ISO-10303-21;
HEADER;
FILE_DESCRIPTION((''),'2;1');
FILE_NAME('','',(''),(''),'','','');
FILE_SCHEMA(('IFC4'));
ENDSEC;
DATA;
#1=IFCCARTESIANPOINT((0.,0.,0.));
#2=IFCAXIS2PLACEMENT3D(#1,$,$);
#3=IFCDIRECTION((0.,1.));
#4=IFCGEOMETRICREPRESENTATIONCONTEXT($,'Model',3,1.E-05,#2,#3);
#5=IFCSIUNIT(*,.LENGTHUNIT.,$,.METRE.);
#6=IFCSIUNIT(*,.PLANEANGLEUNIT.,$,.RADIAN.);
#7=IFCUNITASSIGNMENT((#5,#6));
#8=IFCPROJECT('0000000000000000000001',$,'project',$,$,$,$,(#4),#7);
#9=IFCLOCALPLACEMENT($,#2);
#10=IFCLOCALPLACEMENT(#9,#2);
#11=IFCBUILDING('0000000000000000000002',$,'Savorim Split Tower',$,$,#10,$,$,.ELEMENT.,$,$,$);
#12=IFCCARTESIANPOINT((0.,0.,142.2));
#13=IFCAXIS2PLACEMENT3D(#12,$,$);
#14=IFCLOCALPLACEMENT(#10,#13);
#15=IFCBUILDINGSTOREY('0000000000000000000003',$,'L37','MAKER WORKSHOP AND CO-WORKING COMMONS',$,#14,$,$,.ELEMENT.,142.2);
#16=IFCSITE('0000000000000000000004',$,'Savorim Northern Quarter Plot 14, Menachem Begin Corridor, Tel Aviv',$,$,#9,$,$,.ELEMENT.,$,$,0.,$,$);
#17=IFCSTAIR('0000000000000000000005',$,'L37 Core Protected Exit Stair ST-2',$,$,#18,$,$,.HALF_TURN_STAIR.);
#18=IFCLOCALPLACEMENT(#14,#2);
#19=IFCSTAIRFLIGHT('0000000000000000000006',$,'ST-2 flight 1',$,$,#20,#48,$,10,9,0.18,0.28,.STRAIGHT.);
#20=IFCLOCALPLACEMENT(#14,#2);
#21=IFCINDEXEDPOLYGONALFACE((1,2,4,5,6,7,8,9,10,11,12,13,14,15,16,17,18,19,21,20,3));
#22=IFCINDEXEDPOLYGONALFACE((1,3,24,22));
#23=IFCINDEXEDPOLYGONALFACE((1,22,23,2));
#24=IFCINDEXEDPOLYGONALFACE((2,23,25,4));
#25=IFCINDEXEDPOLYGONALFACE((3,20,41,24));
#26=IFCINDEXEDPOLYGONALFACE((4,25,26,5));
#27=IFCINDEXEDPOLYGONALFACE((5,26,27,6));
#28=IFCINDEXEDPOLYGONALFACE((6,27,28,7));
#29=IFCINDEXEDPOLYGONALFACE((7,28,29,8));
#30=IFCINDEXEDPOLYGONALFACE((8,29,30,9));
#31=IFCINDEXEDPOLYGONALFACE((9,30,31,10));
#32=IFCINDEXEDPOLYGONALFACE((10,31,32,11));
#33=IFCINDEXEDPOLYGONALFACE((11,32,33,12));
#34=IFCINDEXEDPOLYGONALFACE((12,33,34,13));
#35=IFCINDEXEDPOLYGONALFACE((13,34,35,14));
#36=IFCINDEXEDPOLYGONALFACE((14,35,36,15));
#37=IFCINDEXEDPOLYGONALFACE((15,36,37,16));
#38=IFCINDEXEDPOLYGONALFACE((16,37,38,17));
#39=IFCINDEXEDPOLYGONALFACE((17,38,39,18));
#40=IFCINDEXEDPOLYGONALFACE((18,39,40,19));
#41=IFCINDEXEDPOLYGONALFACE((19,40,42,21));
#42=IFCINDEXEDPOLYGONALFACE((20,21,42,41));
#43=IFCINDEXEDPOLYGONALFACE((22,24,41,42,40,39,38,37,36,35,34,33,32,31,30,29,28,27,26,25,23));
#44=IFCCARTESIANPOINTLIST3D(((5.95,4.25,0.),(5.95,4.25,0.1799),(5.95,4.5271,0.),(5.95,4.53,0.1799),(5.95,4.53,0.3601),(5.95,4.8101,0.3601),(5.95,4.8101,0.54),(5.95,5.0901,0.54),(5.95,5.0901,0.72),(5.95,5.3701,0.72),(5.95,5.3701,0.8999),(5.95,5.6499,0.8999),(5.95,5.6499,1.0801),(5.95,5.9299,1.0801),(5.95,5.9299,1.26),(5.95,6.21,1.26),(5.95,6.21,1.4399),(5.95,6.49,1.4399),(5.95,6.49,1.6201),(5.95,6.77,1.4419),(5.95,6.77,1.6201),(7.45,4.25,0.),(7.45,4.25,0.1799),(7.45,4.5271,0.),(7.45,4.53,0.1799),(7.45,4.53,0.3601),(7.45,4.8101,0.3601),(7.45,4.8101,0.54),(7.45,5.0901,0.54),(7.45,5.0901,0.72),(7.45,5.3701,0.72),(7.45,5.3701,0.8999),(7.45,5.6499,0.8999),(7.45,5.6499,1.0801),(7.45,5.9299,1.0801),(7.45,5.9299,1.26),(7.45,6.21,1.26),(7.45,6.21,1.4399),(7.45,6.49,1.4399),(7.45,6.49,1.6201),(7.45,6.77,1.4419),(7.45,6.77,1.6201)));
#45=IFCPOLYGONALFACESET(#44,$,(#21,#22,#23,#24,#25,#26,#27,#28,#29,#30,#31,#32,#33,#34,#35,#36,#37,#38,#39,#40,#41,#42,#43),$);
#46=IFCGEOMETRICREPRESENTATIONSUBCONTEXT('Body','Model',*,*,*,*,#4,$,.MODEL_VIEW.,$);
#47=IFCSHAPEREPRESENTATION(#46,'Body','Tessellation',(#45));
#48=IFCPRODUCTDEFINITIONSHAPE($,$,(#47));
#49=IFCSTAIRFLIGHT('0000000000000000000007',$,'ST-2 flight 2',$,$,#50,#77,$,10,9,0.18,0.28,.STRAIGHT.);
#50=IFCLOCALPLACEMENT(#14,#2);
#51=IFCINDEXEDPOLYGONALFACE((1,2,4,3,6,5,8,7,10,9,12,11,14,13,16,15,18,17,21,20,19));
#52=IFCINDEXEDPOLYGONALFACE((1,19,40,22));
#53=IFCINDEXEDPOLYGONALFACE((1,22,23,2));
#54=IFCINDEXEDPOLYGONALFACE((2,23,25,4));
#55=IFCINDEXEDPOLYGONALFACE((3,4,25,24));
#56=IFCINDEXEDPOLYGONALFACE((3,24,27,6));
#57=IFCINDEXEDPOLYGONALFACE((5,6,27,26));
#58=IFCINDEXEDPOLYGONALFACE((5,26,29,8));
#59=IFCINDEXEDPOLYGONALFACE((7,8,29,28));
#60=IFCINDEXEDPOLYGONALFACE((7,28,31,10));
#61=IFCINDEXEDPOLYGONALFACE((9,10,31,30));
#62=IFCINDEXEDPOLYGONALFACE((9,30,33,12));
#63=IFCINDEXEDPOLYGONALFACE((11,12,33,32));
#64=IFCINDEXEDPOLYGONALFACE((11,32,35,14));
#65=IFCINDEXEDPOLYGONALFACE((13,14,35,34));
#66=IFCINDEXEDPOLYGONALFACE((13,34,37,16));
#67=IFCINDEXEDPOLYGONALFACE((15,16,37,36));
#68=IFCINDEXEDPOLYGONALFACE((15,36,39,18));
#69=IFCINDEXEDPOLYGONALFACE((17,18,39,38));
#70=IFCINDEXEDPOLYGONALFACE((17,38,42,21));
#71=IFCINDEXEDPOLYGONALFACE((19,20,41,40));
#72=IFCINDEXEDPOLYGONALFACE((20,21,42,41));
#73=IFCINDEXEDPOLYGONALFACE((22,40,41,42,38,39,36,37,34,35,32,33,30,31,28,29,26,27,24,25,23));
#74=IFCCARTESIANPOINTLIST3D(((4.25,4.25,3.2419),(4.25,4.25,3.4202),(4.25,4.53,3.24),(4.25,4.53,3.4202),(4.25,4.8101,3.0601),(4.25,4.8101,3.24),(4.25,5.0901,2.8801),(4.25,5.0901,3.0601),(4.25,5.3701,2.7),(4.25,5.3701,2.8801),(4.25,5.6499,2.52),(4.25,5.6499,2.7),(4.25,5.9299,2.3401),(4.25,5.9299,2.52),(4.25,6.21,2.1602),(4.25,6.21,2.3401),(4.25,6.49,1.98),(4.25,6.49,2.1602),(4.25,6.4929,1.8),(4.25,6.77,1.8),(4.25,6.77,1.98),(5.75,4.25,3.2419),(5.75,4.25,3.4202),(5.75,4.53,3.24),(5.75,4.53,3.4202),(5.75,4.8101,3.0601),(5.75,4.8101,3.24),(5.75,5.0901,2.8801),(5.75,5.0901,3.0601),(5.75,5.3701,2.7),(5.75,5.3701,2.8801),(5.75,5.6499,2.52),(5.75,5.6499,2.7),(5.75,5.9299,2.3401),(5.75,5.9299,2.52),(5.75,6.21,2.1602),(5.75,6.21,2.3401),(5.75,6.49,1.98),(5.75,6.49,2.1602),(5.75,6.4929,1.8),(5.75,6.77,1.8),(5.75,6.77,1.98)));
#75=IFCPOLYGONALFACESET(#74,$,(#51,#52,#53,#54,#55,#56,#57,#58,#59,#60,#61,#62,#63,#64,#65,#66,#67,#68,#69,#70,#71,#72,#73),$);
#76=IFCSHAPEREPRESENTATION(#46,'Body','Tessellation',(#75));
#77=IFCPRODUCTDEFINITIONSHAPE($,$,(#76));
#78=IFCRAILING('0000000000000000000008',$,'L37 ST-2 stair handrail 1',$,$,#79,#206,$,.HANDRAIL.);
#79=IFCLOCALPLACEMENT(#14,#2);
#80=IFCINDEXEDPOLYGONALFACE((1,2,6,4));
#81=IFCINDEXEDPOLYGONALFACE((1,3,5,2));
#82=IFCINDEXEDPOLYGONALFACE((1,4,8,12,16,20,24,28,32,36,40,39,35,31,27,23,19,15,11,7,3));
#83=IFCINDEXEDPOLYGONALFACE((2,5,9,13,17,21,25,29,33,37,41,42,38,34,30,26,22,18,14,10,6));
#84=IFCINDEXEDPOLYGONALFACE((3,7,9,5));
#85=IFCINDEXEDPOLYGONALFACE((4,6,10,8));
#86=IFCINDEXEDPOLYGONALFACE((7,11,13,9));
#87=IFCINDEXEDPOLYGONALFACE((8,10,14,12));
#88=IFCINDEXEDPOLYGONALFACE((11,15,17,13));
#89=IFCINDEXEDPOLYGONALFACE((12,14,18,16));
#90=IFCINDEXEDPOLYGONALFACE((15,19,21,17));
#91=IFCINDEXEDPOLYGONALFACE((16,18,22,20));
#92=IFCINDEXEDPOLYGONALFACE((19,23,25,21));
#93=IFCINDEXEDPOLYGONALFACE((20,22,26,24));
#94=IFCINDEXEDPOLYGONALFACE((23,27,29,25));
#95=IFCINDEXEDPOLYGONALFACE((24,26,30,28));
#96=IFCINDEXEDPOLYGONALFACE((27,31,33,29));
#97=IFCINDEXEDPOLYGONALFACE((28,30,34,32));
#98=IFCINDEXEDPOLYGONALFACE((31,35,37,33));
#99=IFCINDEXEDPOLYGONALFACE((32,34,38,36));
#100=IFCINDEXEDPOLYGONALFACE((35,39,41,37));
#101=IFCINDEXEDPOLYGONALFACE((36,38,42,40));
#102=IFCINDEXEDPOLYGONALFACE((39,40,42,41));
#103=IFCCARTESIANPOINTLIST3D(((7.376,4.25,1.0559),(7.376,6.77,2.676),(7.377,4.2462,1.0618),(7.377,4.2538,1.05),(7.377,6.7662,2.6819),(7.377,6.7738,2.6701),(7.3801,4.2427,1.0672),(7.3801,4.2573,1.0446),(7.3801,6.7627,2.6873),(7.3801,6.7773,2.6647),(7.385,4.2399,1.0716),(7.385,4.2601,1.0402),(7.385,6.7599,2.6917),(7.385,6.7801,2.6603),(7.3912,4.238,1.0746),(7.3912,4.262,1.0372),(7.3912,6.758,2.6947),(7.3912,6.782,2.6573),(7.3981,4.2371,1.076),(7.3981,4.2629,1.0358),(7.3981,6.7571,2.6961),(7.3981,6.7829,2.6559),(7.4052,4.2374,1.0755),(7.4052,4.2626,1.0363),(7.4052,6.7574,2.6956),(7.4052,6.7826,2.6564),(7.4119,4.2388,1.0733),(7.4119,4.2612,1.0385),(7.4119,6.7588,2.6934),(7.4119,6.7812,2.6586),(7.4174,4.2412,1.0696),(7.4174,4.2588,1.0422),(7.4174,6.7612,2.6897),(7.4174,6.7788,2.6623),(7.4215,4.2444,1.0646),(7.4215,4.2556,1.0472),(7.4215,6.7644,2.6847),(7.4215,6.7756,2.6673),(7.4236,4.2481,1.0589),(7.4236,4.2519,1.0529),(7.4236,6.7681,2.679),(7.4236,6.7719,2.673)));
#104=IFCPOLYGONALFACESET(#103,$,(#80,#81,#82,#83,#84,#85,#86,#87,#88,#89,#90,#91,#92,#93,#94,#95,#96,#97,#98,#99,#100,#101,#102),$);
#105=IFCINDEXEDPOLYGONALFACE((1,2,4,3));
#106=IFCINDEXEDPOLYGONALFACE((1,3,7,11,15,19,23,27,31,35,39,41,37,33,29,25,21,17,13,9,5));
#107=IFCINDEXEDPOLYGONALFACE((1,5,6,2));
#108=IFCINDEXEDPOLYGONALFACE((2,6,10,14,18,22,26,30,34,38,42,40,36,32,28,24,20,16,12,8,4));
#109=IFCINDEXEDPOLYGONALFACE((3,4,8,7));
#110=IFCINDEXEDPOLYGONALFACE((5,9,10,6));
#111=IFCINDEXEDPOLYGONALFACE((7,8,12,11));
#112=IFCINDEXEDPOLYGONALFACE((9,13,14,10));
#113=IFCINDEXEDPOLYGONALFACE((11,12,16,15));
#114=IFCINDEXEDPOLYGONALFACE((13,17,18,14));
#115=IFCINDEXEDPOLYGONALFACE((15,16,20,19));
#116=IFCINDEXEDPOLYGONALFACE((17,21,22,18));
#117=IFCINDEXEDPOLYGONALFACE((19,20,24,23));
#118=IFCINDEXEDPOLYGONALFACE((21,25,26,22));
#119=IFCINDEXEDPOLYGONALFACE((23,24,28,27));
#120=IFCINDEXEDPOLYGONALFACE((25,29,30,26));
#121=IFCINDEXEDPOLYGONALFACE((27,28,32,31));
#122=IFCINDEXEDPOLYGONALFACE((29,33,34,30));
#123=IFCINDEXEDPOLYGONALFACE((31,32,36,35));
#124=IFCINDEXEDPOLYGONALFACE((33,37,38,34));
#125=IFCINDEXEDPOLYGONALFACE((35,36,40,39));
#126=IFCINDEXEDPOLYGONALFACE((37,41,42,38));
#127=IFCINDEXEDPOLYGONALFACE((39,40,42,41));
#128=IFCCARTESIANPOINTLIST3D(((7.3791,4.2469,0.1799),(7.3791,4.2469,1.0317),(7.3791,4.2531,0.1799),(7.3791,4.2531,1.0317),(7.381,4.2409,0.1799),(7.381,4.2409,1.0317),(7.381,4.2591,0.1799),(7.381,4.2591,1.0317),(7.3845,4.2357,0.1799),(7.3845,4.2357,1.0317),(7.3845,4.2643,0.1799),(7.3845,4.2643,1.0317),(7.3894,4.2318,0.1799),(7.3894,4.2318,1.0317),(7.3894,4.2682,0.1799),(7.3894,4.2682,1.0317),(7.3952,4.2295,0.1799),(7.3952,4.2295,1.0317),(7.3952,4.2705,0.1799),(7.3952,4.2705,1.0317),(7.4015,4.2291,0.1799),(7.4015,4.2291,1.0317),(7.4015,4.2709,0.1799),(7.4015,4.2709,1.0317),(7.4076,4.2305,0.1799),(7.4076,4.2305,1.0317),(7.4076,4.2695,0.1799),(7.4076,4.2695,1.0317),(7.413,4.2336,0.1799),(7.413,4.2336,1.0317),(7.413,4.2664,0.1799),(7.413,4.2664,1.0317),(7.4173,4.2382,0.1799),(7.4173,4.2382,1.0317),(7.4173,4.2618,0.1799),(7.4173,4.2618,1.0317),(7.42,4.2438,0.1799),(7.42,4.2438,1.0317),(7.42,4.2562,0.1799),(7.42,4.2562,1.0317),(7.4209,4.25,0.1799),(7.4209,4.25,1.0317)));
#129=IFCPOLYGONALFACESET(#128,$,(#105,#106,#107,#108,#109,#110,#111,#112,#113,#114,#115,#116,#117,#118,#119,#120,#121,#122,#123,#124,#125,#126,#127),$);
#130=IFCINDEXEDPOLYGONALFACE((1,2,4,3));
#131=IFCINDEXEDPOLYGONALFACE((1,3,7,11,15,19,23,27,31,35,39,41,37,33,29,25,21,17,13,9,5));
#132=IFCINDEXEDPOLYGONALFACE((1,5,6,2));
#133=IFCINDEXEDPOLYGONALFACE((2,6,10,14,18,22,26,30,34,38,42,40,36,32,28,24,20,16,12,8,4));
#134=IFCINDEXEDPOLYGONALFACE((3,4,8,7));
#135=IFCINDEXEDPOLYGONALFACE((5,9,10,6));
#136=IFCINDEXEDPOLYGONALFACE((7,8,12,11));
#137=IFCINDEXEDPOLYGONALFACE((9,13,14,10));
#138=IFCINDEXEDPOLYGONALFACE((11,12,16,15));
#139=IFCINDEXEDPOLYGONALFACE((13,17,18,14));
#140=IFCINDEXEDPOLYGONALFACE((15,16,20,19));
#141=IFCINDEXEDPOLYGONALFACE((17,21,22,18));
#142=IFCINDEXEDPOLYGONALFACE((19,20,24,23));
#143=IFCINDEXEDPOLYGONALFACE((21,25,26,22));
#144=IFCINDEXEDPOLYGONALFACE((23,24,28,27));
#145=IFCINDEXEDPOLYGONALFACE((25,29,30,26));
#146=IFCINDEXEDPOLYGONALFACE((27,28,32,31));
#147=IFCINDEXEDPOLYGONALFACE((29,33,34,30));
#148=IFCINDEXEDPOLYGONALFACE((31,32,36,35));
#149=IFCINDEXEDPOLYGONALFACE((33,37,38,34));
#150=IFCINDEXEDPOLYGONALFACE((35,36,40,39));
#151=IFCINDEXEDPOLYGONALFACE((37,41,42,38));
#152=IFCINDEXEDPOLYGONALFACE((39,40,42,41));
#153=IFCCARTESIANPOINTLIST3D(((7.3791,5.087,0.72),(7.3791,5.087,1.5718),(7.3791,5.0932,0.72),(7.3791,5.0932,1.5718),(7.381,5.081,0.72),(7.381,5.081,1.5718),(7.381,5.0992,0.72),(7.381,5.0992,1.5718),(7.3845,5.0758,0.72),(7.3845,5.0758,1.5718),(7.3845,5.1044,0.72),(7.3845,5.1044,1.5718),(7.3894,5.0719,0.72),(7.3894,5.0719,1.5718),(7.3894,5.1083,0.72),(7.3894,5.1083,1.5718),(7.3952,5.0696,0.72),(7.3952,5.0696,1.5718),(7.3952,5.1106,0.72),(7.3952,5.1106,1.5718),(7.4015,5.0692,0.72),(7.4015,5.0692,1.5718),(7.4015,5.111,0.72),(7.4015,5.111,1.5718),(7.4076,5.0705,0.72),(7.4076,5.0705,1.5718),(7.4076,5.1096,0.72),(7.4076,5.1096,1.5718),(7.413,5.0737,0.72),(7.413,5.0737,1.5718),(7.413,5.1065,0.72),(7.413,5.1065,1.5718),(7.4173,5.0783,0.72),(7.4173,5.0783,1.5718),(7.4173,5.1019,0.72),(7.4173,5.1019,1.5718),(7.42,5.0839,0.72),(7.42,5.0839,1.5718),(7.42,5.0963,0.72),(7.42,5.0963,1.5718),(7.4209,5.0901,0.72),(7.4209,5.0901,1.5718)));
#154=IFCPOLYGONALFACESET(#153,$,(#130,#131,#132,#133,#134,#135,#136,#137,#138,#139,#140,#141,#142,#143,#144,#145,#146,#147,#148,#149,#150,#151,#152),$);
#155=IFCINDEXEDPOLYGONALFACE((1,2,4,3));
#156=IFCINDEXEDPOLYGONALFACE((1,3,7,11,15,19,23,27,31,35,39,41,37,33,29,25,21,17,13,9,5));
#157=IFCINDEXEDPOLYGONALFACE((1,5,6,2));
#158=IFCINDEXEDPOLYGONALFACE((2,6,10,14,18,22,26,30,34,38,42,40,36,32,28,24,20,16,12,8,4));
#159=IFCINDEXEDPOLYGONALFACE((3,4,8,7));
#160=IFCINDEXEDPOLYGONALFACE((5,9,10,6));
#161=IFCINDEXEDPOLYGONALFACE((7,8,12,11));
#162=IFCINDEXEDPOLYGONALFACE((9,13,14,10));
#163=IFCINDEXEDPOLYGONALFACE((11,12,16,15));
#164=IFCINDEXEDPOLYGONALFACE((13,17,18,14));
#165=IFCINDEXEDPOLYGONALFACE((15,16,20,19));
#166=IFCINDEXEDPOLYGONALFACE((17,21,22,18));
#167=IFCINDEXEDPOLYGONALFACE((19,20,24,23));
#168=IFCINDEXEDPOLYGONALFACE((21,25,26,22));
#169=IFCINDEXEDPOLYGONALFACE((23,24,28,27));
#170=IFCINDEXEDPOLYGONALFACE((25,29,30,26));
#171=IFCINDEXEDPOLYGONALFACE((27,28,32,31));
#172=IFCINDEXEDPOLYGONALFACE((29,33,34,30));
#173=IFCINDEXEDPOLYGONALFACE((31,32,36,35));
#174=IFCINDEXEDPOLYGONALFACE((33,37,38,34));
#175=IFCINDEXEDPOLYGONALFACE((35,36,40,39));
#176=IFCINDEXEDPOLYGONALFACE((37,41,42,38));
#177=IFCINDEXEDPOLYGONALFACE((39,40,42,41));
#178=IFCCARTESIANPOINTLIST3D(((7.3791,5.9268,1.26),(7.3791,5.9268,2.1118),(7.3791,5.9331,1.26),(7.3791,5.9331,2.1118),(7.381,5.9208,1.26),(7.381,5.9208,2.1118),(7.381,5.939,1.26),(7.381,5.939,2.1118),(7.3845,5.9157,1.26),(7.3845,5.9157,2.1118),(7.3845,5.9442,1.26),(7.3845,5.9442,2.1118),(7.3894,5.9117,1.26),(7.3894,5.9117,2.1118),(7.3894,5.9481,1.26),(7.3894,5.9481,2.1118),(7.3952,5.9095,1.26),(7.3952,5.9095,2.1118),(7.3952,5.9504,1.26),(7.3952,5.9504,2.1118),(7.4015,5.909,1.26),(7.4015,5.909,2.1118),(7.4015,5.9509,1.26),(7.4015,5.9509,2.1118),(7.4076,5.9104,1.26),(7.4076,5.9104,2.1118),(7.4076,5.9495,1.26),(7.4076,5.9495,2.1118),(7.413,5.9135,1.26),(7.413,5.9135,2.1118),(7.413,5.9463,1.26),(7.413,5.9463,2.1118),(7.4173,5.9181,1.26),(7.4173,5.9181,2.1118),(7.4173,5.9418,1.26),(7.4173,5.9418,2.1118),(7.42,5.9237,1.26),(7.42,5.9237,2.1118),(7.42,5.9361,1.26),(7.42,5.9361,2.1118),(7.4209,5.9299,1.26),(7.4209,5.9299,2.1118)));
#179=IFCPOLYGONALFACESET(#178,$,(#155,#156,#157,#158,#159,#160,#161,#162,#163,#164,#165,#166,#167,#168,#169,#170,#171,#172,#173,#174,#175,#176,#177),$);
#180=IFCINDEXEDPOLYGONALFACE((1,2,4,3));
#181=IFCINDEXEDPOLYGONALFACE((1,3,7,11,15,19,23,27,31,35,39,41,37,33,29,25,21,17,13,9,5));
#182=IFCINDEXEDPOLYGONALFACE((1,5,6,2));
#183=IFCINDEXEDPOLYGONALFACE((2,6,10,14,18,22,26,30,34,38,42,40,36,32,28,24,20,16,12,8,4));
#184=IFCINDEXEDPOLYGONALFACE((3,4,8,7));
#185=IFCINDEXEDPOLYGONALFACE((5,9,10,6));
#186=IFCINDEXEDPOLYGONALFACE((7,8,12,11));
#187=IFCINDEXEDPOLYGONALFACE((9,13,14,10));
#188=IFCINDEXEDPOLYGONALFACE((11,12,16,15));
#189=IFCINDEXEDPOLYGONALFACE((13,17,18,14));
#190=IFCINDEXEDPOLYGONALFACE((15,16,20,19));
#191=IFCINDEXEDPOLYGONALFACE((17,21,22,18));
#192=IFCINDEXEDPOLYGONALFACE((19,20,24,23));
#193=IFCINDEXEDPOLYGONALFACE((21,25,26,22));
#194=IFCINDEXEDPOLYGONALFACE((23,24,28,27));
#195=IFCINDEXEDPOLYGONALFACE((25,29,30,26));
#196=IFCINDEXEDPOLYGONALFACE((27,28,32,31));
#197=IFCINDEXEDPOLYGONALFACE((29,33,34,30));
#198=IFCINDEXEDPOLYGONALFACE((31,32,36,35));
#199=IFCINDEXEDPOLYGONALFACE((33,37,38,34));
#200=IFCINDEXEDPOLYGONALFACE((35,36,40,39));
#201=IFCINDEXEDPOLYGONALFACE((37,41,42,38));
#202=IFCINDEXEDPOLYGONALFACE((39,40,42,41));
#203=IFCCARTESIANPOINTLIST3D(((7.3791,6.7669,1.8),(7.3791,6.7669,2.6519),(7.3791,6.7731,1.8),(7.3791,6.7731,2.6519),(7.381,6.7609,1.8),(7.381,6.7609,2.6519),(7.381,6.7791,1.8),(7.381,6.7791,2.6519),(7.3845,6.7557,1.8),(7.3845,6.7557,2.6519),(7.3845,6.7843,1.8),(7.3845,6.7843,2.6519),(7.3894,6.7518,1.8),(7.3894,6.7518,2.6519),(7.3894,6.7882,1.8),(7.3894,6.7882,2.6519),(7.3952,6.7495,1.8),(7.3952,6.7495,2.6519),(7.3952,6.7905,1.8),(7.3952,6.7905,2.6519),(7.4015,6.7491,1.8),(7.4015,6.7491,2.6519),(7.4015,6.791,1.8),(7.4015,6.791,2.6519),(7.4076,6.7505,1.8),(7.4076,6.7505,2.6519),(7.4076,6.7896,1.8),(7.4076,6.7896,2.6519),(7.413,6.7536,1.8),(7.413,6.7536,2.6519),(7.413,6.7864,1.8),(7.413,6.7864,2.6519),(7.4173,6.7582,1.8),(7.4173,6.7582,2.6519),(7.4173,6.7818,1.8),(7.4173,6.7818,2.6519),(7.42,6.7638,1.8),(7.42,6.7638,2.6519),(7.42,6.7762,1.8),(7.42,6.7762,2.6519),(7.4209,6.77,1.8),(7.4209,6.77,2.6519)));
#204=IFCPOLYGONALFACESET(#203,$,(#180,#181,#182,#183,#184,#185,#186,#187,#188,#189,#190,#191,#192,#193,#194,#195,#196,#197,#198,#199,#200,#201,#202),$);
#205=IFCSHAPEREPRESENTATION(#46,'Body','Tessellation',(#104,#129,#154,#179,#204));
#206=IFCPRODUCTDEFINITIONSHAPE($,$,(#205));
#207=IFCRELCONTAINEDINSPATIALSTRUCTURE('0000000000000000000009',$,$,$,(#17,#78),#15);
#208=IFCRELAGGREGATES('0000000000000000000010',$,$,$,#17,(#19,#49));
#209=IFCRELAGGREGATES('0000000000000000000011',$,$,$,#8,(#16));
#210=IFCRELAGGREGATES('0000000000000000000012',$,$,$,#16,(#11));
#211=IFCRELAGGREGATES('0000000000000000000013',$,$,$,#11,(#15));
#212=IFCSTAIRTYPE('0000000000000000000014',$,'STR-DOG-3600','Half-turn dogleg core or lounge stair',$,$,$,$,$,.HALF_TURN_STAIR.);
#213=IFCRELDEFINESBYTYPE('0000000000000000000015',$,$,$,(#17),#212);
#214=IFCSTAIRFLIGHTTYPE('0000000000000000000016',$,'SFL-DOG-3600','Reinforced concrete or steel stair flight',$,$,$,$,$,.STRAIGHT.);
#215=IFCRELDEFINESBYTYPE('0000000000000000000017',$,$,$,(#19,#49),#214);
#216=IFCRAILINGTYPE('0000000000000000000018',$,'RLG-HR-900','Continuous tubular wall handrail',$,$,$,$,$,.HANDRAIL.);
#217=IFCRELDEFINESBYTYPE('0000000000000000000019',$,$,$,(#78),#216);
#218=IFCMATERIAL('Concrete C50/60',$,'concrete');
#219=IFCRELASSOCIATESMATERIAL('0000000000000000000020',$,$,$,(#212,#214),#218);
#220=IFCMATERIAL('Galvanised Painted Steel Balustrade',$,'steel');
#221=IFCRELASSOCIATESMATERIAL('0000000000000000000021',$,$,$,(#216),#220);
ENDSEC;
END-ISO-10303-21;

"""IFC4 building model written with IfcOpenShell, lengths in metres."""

from ifc_helpers import new_model, si_unit, direction, frame, origin, origin_2d, place, context, subcontext, project, spatial, polyline, circle, outline, extrude, material, type_object, element, aggregate, save


model = new_model("IFC4")

# Units and contexts
model_context = context("Model", 3, precision=1e-05, world=origin(), true_north=direction((0.0, 1.0)))
body_context = subcontext(model_context, "Body", "Model", "MODEL_VIEW")
ifc_project = project(units=[si_unit("LENGTHUNIT", "METRE"), si_unit("PLANEANGLEUNIT", "RADIAN")], contexts=[model_context])

# Site, building, storey
site_placement = place(None, origin())
site = spatial("IfcSite", under=ifc_project, at=site_placement, Name="Savorim Northern Quarter Plot 14, Menachem Begin Corridor, Tel Aviv", CompositionType="ELEMENT", RefElevation=0.0)
building_placement = place(site_placement, origin())
building = spatial("IfcBuilding", under=site, at=building_placement, Name="Savorim Split Tower", CompositionType="ELEMENT")
storey_placement = place(building_placement, frame((0.0, 0.0, 142.2)))
storey = spatial("IfcBuildingStorey", under=building, at=storey_placement, Name="L37", Description="MAKER WORKSHOP AND CO-WORKING COMMONS", CompositionType="ELEMENT", Elevation=142.2)

# Shared definitions
ifc_material_1 = material(Name="Concrete C50/60", Category="concrete")

# Stair, stair flights
stair_type = type_object("IfcStairType", Name="STR-DOG-3600", Description="Half-turn dogleg core or lounge stair", PredefinedType="HALF_TURN_STAIR", material=ifc_material_1)
stair_placement = place(storey_placement, origin())
stair = element("IfcStair", 1, at=stair_placement, inside=storey, type_object=stair_type, Name="L37 Core Protected Exit Stair ST-2", PredefinedType="HALF_TURN_STAIR")
stair_flight_type = type_object("IfcStairFlightType", Name="SFL-DOG-3600", Description="Reinforced concrete or steel stair flight", PredefinedType="STRAIGHT", material=ifc_material_1)
stair_flight_1_placement = place(storey_placement, frame((6.7, 4.25, 0.0), z_axis=(0.0, 0.0, 1.0), x_axis=(0.0, 1.0, 0.0)))
stair_flight_1 = element("IfcStairFlight", 2, at=stair_flight_1_placement, type_object=stair_flight_type, Name="ST-2 flight 1", NumberOfRisers=10, NumberOfTreads=9, PredefinedType="STRAIGHT", RiserHeight=0.18, TreadLength=0.28, context=body_context, shape_type="SweptSolid", body=[
    extrude(outline(polyline([(0.0, 0.0), (0.0, 0.1799), (0.28, 0.1799), (0.28, 0.3601), (0.5601, 0.3601), (0.5601, 0.54), (0.8401, 0.54), (0.8401, 0.72), (1.1201, 0.72), (1.1201, 0.8999), (1.3999, 0.8999), (1.3999, 1.0801), (1.6799, 1.0801), (1.6799, 1.26), (1.96, 1.26), (1.96, 1.4399), (2.24, 1.4399), (2.24, 1.6201), (2.52, 1.6201), (2.52, 1.8), (2.52, 1.4419), (0.2771, 0.0), (0.0, 0.0)])), frame((0.0, 0.75, 0.0), z_axis=(0.0, -1.0, 0.0), x_axis=(1.0, 0.0, 0.0)), (0.0, 0.0, 1.0), 1.5),
])
stair_flight_2_placement = place(storey_placement, frame((5.0, 6.77, 1.8), z_axis=(0.0, 0.0, 1.0), x_axis=(0.0, -1.0, 0.0)))
stair_flight_2 = element("IfcStairFlight", 3, at=stair_flight_2_placement, type_object=stair_flight_type, Name="ST-2 flight 2", NumberOfRisers=10, NumberOfTreads=9, PredefinedType="STRAIGHT", RiserHeight=0.18, TreadLength=0.28, context=body_context, shape_type="SweptSolid", body=[
    extrude(outline(polyline([(0.0, 0.0), (0.0, 0.1799), (0.28, 0.1799), (0.28, 0.3601), (0.5601, 0.3601), (0.5601, 0.54), (0.8401, 0.54), (0.8401, 0.72), (1.1201, 0.72), (1.1201, 0.8999), (1.3999, 0.8999), (1.3999, 1.0801), (1.6799, 1.0801), (1.6799, 1.26), (1.96, 1.26), (1.96, 1.4399), (2.24, 1.4399), (2.24, 1.6201), (2.52, 1.6201), (2.52, 1.8), (2.52, 1.4419), (0.2771, 0.0), (0.0, 0.0)])), frame((0.0, 0.75, 0.0), z_axis=(0.0, -1.0, 0.0), x_axis=(1.0, 0.0, 0.0)), (0.0, 0.0, 1.0), 1.5),
])
aggregate(stair, [stair_flight_1, stair_flight_2])

# Railing
ifc_material_2 = material(Name="Galvanised Painted Steel Balustrade", Category="steel")
railing_type_1 = type_object("IfcRailingType", Name="RLG-HR-900", Description="Continuous tubular wall handrail", PredefinedType="HANDRAIL", material=ifc_material_2)
railing_1_placement = place(storey_placement, frame((7.3999, 4.25, 0.1799)))
element("IfcRailing", 4, at=railing_1_placement, inside=storey, type_object=railing_type_1, Name="L37 ST-2 stair handrail 1", PredefinedType="HANDRAIL", context=body_context, shape_type="SweptSolid", body=[
    extrude(circle(Radius=0.0239, at=origin_2d()), frame((0.0, 0.0, 0.876), z_axis=(0.0, 0.841163, 0.540782), x_axis=(-1.0, 0.0, 0.0)), (0.0, 0.0, 1.0), 2.9958),
    extrude(circle(Radius=0.021, at=origin_2d()), origin(), (0.0, 0.0, 1.0), 0.8518),
    extrude(circle(Radius=0.021, at=origin_2d()), frame((0.0, 0.8401, 0.54)), (0.0, 0.0, 1.0), 0.8518),
    extrude(circle(Radius=0.021, at=origin_2d()), frame((0.0, 1.6799, 1.0801)), (0.0, 0.0, 1.0), 0.8518),
    extrude(circle(Radius=0.021, at=origin_2d()), frame((0.0, 2.52, 1.6201)), (0.0, 0.0, 1.0), 0.8518),
])

save(model, "model.ifc")
